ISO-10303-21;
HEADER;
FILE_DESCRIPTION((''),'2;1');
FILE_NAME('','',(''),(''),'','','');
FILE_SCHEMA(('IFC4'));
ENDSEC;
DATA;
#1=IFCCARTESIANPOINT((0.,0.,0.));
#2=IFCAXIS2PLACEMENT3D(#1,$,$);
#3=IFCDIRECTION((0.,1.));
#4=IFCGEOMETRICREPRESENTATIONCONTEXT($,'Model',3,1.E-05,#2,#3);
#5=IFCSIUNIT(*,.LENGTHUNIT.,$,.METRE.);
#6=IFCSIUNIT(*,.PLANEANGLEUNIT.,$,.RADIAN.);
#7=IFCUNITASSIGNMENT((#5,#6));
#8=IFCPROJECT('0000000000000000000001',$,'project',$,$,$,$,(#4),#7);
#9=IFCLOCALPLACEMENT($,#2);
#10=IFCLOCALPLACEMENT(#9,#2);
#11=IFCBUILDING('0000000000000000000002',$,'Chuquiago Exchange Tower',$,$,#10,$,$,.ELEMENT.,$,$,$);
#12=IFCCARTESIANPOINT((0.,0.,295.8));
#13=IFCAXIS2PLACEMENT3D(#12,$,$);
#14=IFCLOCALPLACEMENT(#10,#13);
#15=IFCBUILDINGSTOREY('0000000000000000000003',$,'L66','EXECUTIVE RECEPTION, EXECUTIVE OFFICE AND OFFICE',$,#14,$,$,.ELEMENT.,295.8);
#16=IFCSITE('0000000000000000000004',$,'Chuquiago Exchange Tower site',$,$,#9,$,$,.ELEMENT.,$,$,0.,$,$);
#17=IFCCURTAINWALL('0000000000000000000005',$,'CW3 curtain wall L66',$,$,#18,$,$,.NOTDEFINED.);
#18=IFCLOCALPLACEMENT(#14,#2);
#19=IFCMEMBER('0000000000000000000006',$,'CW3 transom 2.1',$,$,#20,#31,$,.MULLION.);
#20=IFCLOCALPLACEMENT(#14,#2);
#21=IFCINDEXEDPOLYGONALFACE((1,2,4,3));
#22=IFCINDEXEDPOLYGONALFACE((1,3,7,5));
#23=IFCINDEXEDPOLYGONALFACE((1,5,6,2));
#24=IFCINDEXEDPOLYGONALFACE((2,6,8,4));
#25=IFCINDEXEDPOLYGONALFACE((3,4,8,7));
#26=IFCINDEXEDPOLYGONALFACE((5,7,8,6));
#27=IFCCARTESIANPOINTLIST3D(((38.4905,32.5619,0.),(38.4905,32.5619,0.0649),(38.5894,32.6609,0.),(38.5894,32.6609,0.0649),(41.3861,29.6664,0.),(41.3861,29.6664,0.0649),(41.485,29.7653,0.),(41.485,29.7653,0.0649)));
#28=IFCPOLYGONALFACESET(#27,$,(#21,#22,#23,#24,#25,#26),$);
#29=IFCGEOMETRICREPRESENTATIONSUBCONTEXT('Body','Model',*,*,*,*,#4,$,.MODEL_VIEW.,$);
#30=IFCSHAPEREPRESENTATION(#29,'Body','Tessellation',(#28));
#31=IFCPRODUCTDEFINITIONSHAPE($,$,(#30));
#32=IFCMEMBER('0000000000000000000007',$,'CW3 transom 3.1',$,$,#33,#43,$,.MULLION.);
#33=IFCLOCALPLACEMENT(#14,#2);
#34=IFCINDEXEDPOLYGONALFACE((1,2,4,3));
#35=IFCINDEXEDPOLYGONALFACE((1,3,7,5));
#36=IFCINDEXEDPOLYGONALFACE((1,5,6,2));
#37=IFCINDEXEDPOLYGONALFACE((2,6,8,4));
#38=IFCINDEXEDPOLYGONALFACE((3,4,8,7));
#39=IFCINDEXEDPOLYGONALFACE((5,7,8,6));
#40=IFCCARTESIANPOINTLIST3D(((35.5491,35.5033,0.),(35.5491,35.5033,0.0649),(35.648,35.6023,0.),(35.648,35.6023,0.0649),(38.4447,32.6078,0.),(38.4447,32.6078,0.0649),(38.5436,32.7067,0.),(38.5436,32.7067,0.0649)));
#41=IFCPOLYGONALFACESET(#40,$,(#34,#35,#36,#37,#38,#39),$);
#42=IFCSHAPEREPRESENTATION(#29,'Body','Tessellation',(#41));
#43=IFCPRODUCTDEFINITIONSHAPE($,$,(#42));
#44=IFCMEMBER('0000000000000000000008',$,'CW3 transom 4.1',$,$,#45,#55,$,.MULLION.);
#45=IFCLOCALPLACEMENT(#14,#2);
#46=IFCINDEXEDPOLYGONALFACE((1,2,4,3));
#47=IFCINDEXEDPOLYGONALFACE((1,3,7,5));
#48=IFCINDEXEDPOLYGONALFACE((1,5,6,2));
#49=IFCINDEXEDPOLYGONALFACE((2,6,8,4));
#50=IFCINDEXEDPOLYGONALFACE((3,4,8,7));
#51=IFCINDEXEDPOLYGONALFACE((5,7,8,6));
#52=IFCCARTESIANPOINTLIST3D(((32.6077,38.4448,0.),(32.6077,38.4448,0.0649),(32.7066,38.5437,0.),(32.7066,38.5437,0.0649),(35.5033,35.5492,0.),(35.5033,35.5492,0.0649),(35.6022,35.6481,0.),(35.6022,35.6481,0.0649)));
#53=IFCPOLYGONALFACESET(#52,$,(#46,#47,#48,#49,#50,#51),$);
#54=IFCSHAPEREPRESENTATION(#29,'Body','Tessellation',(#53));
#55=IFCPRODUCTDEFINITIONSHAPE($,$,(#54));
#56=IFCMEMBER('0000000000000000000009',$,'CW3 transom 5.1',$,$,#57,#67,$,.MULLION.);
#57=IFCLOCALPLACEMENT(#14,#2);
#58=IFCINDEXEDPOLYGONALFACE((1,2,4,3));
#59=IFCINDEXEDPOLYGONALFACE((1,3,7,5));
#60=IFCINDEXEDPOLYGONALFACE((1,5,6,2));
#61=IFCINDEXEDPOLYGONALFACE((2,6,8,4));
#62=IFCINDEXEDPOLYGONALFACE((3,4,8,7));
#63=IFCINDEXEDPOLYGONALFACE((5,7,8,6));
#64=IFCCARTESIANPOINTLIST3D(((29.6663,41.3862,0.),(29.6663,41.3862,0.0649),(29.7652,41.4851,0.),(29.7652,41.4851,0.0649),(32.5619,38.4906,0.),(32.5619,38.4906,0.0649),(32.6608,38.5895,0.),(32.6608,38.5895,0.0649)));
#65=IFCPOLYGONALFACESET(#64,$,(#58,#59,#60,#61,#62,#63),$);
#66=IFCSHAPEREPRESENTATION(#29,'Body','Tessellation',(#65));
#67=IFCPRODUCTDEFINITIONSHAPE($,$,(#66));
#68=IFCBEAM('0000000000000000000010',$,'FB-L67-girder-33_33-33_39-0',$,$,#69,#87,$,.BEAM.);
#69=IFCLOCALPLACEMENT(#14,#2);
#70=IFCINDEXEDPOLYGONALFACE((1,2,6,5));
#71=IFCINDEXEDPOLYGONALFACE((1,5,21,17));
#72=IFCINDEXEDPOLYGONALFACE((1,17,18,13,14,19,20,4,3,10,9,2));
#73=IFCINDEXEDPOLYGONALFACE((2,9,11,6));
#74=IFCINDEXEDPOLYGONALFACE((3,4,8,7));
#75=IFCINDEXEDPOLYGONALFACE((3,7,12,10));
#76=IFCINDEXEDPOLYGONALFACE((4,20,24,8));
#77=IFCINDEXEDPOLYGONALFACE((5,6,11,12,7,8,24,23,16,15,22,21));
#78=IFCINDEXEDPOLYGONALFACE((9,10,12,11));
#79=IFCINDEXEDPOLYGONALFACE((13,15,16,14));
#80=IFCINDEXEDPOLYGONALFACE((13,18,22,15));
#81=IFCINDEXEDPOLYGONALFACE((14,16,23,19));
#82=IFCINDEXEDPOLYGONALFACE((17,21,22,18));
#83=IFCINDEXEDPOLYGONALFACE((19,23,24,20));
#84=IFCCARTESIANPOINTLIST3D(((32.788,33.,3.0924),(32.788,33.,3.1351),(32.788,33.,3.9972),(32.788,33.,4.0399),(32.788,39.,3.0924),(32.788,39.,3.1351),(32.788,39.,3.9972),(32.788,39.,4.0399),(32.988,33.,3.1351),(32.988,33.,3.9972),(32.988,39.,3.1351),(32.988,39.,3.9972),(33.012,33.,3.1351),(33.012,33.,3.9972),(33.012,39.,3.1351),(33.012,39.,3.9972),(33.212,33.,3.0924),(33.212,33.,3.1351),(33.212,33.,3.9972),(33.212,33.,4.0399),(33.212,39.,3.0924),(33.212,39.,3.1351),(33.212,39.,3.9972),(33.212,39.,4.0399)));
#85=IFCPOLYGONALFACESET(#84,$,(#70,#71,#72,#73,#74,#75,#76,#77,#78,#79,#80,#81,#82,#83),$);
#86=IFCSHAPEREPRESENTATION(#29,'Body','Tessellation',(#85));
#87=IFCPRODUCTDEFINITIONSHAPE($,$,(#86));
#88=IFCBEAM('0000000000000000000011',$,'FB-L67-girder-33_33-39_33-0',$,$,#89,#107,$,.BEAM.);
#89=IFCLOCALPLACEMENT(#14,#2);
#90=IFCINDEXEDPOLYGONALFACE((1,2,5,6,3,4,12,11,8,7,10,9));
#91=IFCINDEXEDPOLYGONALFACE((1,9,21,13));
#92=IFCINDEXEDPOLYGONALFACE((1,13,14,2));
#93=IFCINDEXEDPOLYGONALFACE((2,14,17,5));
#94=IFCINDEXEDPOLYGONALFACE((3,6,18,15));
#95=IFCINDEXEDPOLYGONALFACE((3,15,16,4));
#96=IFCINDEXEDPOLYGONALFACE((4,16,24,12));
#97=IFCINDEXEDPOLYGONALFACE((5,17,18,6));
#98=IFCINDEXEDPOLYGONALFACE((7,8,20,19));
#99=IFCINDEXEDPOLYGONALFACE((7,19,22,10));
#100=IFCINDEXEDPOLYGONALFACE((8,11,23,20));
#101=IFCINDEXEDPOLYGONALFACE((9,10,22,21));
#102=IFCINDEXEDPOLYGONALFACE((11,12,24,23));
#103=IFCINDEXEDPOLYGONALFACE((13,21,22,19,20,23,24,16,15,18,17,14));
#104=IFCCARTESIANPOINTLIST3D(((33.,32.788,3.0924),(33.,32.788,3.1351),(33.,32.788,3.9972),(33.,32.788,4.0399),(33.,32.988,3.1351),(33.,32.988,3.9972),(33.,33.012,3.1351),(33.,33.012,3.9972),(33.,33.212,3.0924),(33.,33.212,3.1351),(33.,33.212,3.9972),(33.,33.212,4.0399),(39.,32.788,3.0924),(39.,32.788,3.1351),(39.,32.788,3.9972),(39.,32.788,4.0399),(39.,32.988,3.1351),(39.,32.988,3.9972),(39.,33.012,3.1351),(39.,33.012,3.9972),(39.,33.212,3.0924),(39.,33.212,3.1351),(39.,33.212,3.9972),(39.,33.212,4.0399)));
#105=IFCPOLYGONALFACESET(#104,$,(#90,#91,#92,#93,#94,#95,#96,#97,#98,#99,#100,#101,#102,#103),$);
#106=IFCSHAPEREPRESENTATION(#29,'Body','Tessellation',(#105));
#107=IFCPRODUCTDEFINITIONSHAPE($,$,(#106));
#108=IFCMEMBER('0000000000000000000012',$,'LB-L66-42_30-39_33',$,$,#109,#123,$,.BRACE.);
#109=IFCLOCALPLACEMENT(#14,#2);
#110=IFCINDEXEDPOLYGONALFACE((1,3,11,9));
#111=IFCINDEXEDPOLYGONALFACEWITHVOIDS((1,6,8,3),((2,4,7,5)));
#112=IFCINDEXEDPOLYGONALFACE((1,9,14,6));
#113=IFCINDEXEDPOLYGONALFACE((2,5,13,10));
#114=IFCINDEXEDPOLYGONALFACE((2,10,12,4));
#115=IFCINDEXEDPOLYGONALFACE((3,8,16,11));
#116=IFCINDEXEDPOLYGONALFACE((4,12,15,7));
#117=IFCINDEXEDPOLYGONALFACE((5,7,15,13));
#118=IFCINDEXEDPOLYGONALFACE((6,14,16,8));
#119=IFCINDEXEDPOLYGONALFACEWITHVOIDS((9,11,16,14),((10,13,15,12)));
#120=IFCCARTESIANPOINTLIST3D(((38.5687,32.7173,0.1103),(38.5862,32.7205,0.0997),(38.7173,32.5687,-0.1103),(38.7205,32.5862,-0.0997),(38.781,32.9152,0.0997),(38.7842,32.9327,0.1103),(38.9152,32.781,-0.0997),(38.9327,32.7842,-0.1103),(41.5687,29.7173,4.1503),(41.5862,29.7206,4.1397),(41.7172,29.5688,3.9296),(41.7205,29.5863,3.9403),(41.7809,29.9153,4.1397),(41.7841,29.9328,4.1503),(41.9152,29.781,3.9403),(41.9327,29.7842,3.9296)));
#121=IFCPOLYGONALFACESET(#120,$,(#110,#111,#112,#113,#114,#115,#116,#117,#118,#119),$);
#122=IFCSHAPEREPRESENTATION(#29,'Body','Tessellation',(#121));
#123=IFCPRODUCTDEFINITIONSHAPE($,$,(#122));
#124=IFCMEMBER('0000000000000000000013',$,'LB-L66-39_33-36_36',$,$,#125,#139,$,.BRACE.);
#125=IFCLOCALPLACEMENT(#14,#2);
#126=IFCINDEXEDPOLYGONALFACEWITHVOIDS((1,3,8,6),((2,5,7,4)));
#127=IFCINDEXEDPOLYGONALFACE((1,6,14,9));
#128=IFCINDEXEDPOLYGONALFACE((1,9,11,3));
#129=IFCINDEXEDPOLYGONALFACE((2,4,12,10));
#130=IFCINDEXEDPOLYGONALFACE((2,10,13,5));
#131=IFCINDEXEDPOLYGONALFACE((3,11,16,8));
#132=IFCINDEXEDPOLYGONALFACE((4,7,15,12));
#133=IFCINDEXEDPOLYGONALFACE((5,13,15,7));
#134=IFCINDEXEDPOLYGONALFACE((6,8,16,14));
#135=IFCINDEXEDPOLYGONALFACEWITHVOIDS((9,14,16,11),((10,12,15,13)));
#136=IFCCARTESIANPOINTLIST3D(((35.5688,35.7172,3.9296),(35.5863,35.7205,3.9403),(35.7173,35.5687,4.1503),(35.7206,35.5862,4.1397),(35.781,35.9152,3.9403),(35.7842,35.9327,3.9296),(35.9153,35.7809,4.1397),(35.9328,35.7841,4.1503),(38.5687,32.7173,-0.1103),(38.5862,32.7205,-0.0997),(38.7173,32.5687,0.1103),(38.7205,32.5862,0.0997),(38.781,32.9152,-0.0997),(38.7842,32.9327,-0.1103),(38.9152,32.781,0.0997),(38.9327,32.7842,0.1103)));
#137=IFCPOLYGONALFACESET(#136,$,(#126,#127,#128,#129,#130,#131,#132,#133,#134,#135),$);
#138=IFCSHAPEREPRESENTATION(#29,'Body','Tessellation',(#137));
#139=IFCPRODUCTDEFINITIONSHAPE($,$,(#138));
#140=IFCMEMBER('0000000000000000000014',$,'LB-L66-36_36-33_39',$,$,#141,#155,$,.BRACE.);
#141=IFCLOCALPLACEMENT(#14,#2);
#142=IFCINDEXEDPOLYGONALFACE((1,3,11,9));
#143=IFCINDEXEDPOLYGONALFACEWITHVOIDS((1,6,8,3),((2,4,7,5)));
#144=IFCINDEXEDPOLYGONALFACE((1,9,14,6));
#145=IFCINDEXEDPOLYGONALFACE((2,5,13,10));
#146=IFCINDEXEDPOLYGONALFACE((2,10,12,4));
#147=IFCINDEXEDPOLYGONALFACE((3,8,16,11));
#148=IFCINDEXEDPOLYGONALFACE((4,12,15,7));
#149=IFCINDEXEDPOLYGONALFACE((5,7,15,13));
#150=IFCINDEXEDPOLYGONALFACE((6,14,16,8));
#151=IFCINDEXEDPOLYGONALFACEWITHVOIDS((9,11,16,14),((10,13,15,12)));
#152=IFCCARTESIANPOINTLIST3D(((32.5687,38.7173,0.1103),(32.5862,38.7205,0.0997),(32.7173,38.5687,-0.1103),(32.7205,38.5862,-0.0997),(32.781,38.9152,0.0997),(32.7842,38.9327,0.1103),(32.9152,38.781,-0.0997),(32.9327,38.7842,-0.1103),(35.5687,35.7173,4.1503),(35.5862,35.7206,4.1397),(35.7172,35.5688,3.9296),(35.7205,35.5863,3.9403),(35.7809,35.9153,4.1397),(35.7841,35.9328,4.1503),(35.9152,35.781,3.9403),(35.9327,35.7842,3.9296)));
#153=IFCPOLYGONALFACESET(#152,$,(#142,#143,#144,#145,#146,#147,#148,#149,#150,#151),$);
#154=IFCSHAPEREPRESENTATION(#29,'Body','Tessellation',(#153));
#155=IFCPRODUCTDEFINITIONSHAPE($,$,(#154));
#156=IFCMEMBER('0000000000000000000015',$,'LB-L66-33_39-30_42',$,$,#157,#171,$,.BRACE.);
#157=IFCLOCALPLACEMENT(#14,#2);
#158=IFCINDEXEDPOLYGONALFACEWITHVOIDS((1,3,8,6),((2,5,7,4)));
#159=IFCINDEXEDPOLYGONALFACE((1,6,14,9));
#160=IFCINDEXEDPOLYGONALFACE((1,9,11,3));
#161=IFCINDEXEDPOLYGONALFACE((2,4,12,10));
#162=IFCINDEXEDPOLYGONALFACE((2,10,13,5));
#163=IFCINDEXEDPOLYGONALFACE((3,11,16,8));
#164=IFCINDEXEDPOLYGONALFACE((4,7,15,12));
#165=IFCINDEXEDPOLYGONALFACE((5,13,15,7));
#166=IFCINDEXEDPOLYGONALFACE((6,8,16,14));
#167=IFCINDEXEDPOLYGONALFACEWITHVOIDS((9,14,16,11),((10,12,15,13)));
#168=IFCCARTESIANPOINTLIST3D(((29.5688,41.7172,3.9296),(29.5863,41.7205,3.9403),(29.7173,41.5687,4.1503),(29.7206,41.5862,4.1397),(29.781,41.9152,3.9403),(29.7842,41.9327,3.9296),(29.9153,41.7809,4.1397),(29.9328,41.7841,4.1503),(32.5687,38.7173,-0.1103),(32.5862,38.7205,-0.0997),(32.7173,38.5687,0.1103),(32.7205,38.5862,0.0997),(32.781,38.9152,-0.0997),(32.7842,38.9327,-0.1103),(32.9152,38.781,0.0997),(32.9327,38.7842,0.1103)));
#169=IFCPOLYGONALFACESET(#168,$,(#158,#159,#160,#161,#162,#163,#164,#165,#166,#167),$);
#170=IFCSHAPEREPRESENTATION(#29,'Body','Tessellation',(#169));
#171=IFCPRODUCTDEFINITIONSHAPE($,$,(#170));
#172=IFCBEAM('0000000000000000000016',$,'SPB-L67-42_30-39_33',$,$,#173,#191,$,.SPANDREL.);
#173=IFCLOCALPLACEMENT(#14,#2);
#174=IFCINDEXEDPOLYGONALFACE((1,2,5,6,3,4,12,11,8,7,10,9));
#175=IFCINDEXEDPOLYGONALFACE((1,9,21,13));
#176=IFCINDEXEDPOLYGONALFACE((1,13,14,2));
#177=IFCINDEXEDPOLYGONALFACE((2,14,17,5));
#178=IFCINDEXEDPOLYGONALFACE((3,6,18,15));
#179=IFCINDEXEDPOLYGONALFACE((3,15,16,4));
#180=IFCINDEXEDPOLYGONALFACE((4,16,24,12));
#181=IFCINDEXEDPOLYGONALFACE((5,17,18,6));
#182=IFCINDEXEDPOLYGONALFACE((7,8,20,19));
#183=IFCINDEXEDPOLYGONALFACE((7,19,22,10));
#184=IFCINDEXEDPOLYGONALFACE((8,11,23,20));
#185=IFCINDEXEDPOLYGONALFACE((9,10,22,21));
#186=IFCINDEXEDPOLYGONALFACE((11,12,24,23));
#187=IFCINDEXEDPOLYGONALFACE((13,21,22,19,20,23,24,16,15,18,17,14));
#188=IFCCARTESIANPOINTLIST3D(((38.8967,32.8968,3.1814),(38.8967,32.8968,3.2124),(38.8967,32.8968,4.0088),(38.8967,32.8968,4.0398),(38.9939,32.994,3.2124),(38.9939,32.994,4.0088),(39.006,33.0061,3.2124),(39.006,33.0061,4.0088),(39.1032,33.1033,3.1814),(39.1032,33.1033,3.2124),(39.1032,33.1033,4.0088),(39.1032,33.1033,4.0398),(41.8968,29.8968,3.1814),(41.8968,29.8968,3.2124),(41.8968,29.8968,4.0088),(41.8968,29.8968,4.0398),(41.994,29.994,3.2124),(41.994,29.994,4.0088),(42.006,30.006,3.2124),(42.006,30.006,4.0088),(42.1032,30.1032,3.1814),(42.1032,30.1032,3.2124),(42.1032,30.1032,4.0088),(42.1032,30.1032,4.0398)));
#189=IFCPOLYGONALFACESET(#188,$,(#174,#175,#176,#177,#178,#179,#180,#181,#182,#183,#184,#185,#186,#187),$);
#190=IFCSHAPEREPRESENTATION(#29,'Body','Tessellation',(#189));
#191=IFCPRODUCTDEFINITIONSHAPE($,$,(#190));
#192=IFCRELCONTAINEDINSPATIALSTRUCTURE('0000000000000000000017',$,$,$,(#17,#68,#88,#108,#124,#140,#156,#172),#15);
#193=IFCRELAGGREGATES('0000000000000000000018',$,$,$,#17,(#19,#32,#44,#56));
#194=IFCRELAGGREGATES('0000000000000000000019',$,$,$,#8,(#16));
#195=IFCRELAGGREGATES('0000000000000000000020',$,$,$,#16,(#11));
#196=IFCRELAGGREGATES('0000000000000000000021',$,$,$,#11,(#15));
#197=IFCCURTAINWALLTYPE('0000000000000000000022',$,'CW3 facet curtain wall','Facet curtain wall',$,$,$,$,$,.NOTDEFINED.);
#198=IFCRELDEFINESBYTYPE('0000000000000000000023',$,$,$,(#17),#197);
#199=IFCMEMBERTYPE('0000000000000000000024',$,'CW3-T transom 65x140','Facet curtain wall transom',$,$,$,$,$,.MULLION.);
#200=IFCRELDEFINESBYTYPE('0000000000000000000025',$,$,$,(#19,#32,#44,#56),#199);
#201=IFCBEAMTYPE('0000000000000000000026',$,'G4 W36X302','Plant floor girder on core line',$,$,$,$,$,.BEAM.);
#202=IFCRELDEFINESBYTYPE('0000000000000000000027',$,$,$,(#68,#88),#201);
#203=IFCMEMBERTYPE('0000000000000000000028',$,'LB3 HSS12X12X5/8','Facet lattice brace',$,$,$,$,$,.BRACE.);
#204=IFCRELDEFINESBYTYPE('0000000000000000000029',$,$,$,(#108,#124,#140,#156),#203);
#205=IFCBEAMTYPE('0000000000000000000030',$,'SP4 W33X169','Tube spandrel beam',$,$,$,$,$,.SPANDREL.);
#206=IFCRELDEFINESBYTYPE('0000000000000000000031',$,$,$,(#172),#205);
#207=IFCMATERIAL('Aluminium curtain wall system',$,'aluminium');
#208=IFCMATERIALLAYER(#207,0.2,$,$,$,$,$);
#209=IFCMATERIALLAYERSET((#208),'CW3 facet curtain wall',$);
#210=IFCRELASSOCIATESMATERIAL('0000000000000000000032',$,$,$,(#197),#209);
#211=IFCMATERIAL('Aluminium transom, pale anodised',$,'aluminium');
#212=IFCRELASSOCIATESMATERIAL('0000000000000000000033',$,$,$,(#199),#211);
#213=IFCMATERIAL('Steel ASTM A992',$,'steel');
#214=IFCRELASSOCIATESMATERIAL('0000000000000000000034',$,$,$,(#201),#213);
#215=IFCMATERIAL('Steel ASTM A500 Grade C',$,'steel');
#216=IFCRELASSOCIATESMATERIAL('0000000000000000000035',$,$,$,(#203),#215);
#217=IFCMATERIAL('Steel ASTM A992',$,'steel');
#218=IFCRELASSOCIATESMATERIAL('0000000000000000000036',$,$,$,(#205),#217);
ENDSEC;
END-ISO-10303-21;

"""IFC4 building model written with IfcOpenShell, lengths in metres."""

from ifc_helpers import new_model, si_unit, direction, frame, origin, origin_2d, place, context, subcontext, project, spatial, rectangle, hollow_rectangle, i_section, extrude, material, layer, layer_set, material_profile, profile_set, type_object, element, aggregate, save


model = new_model("IFC4")

# Units and contexts
model_context = context("Model", 3, precision=1e-05, world=origin(), true_north=direction((0.0, 1.0)))
body_context = subcontext(model_context, "Body", "Model", "MODEL_VIEW")
ifc_project = project(units=[si_unit("LENGTHUNIT", "METRE"), si_unit("PLANEANGLEUNIT", "RADIAN")], contexts=[model_context])

# Site, building, storey
site_placement = place(None, origin())
site = spatial("IfcSite", under=ifc_project, at=site_placement, Name="Chuquiago Exchange Tower site", CompositionType="ELEMENT", RefElevation=0.0)
building_placement = place(site_placement, origin())
building = spatial("IfcBuilding", under=site, at=building_placement, Name="Chuquiago Exchange Tower", CompositionType="ELEMENT")
storey_placement = place(building_placement, frame((0.0, 0.0, 295.8)))
storey = spatial("IfcBuildingStorey", under=building, at=storey_placement, Name="L66", Description="EXECUTIVE RECEPTION, EXECUTIVE OFFICE AND OFFICE", CompositionType="ELEMENT", Elevation=295.8)

# Curtain wall, members
ifc_material_1 = material(Name="Aluminium curtain wall system", Category="aluminium")
ifc_layer_1 = layer(ifc_material_1, 0.2)
ifc_layer_set_1 = layer_set([ifc_layer_1], Name="CW3 facet curtain wall")
curtain_wall_type = type_object("IfcCurtainWallType", Name="CW3 facet curtain wall", Description="Facet curtain wall", PredefinedType="NOTDEFINED", material=ifc_layer_set_1)
curtain_wall_placement = place(storey_placement, origin())
curtain_wall = element("IfcCurtainWall", 1, at=curtain_wall_placement, inside=storey, type_object=curtain_wall_type, Name="CW3 curtain wall L66", PredefinedType="NOTDEFINED")
ifc_material_2 = material(Name="Aluminium transom, pale anodised", Category="aluminium")
ifc_material_profile_1 = material_profile(ifc_material_2, rectangle(XDim=0.1399, YDim=0.0649, at=origin_2d()), Name="AL 140x65")
ifc_profile_set_1 = profile_set([ifc_material_profile_1], Name="Aluminium transom, pale anodised")
member_type_1 = type_object("IfcMemberType", Name="CW3-T transom 65x140", Description="Facet curtain wall transom", PredefinedType="MULLION", material=ifc_profile_set_1)
member_1_placement = place(storey_placement, frame((41.4355, 29.7158, 0.0325), z_axis=(-0.707107, 0.707107, 0.0), x_axis=(-0.707107, -0.707107, 0.0)))
member_1 = element("IfcMember", 2, at=member_1_placement, type_object=member_type_1, Name="CW3 transom 2.1", PredefinedType="MULLION", context=body_context, shape_type="SweptSolid", body=[
    extrude(rectangle(XDim=0.1399, YDim=0.0649, at=origin_2d()), origin(), (0.0, 0.0, 1.0), 4.095),
])
member_2_placement = place(storey_placement, frame((38.4941, 32.6572, 0.0325), z_axis=(-0.707107, 0.707107, 0.0), x_axis=(-0.707107, -0.707107, 0.0)))
member_2 = element("IfcMember", 3, at=member_2_placement, type_object=member_type_1, Name="CW3 transom 3.1", PredefinedType="MULLION", context=body_context, shape_type="SweptSolid", body=[
    extrude(rectangle(XDim=0.1399, YDim=0.0649, at=origin_2d()), origin(), (0.0, 0.0, 1.0), 4.095),
])
member_3_placement = place(storey_placement, frame((35.5527, 35.5986, 0.0325), z_axis=(-0.707107, 0.707107, 0.0), x_axis=(-0.707107, -0.707107, 0.0)))
member_3 = element("IfcMember", 4, at=member_3_placement, type_object=member_type_1, Name="CW3 transom 4.1", PredefinedType="MULLION", context=body_context, shape_type="SweptSolid", body=[
    extrude(rectangle(XDim=0.1399, YDim=0.0649, at=origin_2d()), origin(), (0.0, 0.0, 1.0), 4.095),
])
member_4_placement = place(storey_placement, frame((32.6113, 38.54, 0.0325), z_axis=(-0.707107, 0.707107, 0.0), x_axis=(-0.707107, -0.707107, 0.0)))
member_4 = element("IfcMember", 5, at=member_4_placement, type_object=member_type_1, Name="CW3 transom 5.1", PredefinedType="MULLION", context=body_context, shape_type="SweptSolid", body=[
    extrude(rectangle(XDim=0.1399, YDim=0.0649, at=origin_2d()), origin(), (0.0, 0.0, 1.0), 4.095),
])

# Beams
ifc_material_3 = material(Name="Steel ASTM A992", Category="steel")
ifc_material_profile_2 = material_profile(ifc_material_3, i_section(OverallWidth=0.4241, OverallDepth=0.9475, WebThickness=0.0239, FlangeThickness=0.0427, at=origin_2d()), Name="W36X302")
ifc_profile_set_2 = profile_set([ifc_material_profile_2], Name="Steel ASTM A992")
beam_type_1 = type_object("IfcBeamType", Name="G4 W36X302", Description="Plant floor girder on core line", PredefinedType="BEAM", material=ifc_profile_set_2)
for number, where, z_axis, x_axis, name in (
    (6, (33.0, 33.0, 3.5662), (0.0, 1.0, 0.0), (-1.0, 0.0, 0.0), "FB-L67-girder-33_33-33_39-0"),
    (7, (33.0, 33.0, 3.5662), (1.0, 0.0, 0.0), (0.0, 1.0, 0.0), "FB-L67-girder-33_33-39_33-0"),
):
    element("IfcBeam", number, at=place(storey_placement, frame(where, z_axis=z_axis, x_axis=x_axis)), inside=storey, type_object=beam_type_1, Name=name, PredefinedType="BEAM", context=body_context, shape_type="SweptSolid", body=[
        extrude(i_section(OverallWidth=0.4241, OverallDepth=0.9475, WebThickness=0.0239, FlangeThickness=0.0427, at=origin_2d()), origin(), (0.0, 0.0, 1.0), 6.0),
    ])

# Members
ifc_material_4 = material(Name="Steel ASTM A500 Grade C", Category="steel")
ifc_material_profile_3 = material_profile(ifc_material_4, hollow_rectangle(XDim=0.3047, YDim=0.3047, WallThickness=0.0146, at=origin_2d()), Name="HSS12X12X5/8")
ifc_profile_set_3 = profile_set([ifc_material_profile_3], Name="Steel ASTM A500 Grade C")
member_type_2 = type_object("IfcMemberType", Name="LB3 HSS12X12X5/8", Description="Facet lattice brace", PredefinedType="BRACE", material=ifc_profile_set_3)
for number, where, z_axis, x_axis, name in (
    (8, (38.7507, 32.7507, 0.0), (0.512077, -0.512077, 0.689604), (0.707107, 0.707107, 0.0), "LB-L66-42_30-39_33"),
    (9, (38.7507, 32.7507, 0.0), (-0.512077, 0.512077, 0.689604), (-0.707107, -0.707107, 0.0), "LB-L66-39_33-36_36"),
    (10, (32.7507, 38.7507, 0.0), (0.512077, -0.512077, 0.689604), (0.707107, 0.707107, 0.0), "LB-L66-36_36-33_39"),
    (11, (32.7507, 38.7507, 0.0), (-0.512077, 0.512077, 0.689604), (-0.707107, -0.707107, 0.0), "LB-L66-33_39-30_42"),
):
    element("IfcMember", number, at=place(storey_placement, frame(where, z_axis=z_axis, x_axis=x_axis)), inside=storey, type_object=member_type_2, Name=name, PredefinedType="BRACE", context=body_context, shape_type="SweptSolid", body=[
        extrude(hollow_rectangle(XDim=0.3047, YDim=0.3047, WallThickness=0.0146, at=origin_2d()), origin(), (0.0, 0.0, 1.0), 5.8584),
    ])

# Beam
ifc_material_5 = material(Name="Steel ASTM A992", Category="steel")
ifc_material_profile_4 = material_profile(ifc_material_5, i_section(OverallWidth=0.292, OverallDepth=0.8584, WebThickness=0.0171, FlangeThickness=0.031, at=origin_2d()), Name="W33X169")
ifc_profile_set_4 = profile_set([ifc_material_profile_4], Name="Steel ASTM A992")
beam_type_2 = type_object("IfcBeamType", Name="SP4 W33X169", Description="Tube spandrel beam", PredefinedType="SPANDREL", material=ifc_profile_set_4)
for number, where, z_axis, x_axis, name in (
    (12, (42.0, 30.0, 3.6106), (-0.707107, 0.707107, 0.0), (-0.707107, -0.707107, 0.0), "SPB-L67-42_30-39_33"),
):
    element("IfcBeam", number, at=place(storey_placement, frame(where, z_axis=z_axis, x_axis=x_axis)), inside=storey, type_object=beam_type_2, Name=name, PredefinedType="SPANDREL", context=body_context, shape_type="SweptSolid", body=[
        extrude(i_section(OverallWidth=0.292, OverallDepth=0.8584, WebThickness=0.0171, FlangeThickness=0.031, at=origin_2d()), origin(), (0.0, 0.0, 1.0), 4.2427),
    ])

aggregate(curtain_wall, [member_1, member_2, member_3, member_4])

save(model, "model.ifc")
